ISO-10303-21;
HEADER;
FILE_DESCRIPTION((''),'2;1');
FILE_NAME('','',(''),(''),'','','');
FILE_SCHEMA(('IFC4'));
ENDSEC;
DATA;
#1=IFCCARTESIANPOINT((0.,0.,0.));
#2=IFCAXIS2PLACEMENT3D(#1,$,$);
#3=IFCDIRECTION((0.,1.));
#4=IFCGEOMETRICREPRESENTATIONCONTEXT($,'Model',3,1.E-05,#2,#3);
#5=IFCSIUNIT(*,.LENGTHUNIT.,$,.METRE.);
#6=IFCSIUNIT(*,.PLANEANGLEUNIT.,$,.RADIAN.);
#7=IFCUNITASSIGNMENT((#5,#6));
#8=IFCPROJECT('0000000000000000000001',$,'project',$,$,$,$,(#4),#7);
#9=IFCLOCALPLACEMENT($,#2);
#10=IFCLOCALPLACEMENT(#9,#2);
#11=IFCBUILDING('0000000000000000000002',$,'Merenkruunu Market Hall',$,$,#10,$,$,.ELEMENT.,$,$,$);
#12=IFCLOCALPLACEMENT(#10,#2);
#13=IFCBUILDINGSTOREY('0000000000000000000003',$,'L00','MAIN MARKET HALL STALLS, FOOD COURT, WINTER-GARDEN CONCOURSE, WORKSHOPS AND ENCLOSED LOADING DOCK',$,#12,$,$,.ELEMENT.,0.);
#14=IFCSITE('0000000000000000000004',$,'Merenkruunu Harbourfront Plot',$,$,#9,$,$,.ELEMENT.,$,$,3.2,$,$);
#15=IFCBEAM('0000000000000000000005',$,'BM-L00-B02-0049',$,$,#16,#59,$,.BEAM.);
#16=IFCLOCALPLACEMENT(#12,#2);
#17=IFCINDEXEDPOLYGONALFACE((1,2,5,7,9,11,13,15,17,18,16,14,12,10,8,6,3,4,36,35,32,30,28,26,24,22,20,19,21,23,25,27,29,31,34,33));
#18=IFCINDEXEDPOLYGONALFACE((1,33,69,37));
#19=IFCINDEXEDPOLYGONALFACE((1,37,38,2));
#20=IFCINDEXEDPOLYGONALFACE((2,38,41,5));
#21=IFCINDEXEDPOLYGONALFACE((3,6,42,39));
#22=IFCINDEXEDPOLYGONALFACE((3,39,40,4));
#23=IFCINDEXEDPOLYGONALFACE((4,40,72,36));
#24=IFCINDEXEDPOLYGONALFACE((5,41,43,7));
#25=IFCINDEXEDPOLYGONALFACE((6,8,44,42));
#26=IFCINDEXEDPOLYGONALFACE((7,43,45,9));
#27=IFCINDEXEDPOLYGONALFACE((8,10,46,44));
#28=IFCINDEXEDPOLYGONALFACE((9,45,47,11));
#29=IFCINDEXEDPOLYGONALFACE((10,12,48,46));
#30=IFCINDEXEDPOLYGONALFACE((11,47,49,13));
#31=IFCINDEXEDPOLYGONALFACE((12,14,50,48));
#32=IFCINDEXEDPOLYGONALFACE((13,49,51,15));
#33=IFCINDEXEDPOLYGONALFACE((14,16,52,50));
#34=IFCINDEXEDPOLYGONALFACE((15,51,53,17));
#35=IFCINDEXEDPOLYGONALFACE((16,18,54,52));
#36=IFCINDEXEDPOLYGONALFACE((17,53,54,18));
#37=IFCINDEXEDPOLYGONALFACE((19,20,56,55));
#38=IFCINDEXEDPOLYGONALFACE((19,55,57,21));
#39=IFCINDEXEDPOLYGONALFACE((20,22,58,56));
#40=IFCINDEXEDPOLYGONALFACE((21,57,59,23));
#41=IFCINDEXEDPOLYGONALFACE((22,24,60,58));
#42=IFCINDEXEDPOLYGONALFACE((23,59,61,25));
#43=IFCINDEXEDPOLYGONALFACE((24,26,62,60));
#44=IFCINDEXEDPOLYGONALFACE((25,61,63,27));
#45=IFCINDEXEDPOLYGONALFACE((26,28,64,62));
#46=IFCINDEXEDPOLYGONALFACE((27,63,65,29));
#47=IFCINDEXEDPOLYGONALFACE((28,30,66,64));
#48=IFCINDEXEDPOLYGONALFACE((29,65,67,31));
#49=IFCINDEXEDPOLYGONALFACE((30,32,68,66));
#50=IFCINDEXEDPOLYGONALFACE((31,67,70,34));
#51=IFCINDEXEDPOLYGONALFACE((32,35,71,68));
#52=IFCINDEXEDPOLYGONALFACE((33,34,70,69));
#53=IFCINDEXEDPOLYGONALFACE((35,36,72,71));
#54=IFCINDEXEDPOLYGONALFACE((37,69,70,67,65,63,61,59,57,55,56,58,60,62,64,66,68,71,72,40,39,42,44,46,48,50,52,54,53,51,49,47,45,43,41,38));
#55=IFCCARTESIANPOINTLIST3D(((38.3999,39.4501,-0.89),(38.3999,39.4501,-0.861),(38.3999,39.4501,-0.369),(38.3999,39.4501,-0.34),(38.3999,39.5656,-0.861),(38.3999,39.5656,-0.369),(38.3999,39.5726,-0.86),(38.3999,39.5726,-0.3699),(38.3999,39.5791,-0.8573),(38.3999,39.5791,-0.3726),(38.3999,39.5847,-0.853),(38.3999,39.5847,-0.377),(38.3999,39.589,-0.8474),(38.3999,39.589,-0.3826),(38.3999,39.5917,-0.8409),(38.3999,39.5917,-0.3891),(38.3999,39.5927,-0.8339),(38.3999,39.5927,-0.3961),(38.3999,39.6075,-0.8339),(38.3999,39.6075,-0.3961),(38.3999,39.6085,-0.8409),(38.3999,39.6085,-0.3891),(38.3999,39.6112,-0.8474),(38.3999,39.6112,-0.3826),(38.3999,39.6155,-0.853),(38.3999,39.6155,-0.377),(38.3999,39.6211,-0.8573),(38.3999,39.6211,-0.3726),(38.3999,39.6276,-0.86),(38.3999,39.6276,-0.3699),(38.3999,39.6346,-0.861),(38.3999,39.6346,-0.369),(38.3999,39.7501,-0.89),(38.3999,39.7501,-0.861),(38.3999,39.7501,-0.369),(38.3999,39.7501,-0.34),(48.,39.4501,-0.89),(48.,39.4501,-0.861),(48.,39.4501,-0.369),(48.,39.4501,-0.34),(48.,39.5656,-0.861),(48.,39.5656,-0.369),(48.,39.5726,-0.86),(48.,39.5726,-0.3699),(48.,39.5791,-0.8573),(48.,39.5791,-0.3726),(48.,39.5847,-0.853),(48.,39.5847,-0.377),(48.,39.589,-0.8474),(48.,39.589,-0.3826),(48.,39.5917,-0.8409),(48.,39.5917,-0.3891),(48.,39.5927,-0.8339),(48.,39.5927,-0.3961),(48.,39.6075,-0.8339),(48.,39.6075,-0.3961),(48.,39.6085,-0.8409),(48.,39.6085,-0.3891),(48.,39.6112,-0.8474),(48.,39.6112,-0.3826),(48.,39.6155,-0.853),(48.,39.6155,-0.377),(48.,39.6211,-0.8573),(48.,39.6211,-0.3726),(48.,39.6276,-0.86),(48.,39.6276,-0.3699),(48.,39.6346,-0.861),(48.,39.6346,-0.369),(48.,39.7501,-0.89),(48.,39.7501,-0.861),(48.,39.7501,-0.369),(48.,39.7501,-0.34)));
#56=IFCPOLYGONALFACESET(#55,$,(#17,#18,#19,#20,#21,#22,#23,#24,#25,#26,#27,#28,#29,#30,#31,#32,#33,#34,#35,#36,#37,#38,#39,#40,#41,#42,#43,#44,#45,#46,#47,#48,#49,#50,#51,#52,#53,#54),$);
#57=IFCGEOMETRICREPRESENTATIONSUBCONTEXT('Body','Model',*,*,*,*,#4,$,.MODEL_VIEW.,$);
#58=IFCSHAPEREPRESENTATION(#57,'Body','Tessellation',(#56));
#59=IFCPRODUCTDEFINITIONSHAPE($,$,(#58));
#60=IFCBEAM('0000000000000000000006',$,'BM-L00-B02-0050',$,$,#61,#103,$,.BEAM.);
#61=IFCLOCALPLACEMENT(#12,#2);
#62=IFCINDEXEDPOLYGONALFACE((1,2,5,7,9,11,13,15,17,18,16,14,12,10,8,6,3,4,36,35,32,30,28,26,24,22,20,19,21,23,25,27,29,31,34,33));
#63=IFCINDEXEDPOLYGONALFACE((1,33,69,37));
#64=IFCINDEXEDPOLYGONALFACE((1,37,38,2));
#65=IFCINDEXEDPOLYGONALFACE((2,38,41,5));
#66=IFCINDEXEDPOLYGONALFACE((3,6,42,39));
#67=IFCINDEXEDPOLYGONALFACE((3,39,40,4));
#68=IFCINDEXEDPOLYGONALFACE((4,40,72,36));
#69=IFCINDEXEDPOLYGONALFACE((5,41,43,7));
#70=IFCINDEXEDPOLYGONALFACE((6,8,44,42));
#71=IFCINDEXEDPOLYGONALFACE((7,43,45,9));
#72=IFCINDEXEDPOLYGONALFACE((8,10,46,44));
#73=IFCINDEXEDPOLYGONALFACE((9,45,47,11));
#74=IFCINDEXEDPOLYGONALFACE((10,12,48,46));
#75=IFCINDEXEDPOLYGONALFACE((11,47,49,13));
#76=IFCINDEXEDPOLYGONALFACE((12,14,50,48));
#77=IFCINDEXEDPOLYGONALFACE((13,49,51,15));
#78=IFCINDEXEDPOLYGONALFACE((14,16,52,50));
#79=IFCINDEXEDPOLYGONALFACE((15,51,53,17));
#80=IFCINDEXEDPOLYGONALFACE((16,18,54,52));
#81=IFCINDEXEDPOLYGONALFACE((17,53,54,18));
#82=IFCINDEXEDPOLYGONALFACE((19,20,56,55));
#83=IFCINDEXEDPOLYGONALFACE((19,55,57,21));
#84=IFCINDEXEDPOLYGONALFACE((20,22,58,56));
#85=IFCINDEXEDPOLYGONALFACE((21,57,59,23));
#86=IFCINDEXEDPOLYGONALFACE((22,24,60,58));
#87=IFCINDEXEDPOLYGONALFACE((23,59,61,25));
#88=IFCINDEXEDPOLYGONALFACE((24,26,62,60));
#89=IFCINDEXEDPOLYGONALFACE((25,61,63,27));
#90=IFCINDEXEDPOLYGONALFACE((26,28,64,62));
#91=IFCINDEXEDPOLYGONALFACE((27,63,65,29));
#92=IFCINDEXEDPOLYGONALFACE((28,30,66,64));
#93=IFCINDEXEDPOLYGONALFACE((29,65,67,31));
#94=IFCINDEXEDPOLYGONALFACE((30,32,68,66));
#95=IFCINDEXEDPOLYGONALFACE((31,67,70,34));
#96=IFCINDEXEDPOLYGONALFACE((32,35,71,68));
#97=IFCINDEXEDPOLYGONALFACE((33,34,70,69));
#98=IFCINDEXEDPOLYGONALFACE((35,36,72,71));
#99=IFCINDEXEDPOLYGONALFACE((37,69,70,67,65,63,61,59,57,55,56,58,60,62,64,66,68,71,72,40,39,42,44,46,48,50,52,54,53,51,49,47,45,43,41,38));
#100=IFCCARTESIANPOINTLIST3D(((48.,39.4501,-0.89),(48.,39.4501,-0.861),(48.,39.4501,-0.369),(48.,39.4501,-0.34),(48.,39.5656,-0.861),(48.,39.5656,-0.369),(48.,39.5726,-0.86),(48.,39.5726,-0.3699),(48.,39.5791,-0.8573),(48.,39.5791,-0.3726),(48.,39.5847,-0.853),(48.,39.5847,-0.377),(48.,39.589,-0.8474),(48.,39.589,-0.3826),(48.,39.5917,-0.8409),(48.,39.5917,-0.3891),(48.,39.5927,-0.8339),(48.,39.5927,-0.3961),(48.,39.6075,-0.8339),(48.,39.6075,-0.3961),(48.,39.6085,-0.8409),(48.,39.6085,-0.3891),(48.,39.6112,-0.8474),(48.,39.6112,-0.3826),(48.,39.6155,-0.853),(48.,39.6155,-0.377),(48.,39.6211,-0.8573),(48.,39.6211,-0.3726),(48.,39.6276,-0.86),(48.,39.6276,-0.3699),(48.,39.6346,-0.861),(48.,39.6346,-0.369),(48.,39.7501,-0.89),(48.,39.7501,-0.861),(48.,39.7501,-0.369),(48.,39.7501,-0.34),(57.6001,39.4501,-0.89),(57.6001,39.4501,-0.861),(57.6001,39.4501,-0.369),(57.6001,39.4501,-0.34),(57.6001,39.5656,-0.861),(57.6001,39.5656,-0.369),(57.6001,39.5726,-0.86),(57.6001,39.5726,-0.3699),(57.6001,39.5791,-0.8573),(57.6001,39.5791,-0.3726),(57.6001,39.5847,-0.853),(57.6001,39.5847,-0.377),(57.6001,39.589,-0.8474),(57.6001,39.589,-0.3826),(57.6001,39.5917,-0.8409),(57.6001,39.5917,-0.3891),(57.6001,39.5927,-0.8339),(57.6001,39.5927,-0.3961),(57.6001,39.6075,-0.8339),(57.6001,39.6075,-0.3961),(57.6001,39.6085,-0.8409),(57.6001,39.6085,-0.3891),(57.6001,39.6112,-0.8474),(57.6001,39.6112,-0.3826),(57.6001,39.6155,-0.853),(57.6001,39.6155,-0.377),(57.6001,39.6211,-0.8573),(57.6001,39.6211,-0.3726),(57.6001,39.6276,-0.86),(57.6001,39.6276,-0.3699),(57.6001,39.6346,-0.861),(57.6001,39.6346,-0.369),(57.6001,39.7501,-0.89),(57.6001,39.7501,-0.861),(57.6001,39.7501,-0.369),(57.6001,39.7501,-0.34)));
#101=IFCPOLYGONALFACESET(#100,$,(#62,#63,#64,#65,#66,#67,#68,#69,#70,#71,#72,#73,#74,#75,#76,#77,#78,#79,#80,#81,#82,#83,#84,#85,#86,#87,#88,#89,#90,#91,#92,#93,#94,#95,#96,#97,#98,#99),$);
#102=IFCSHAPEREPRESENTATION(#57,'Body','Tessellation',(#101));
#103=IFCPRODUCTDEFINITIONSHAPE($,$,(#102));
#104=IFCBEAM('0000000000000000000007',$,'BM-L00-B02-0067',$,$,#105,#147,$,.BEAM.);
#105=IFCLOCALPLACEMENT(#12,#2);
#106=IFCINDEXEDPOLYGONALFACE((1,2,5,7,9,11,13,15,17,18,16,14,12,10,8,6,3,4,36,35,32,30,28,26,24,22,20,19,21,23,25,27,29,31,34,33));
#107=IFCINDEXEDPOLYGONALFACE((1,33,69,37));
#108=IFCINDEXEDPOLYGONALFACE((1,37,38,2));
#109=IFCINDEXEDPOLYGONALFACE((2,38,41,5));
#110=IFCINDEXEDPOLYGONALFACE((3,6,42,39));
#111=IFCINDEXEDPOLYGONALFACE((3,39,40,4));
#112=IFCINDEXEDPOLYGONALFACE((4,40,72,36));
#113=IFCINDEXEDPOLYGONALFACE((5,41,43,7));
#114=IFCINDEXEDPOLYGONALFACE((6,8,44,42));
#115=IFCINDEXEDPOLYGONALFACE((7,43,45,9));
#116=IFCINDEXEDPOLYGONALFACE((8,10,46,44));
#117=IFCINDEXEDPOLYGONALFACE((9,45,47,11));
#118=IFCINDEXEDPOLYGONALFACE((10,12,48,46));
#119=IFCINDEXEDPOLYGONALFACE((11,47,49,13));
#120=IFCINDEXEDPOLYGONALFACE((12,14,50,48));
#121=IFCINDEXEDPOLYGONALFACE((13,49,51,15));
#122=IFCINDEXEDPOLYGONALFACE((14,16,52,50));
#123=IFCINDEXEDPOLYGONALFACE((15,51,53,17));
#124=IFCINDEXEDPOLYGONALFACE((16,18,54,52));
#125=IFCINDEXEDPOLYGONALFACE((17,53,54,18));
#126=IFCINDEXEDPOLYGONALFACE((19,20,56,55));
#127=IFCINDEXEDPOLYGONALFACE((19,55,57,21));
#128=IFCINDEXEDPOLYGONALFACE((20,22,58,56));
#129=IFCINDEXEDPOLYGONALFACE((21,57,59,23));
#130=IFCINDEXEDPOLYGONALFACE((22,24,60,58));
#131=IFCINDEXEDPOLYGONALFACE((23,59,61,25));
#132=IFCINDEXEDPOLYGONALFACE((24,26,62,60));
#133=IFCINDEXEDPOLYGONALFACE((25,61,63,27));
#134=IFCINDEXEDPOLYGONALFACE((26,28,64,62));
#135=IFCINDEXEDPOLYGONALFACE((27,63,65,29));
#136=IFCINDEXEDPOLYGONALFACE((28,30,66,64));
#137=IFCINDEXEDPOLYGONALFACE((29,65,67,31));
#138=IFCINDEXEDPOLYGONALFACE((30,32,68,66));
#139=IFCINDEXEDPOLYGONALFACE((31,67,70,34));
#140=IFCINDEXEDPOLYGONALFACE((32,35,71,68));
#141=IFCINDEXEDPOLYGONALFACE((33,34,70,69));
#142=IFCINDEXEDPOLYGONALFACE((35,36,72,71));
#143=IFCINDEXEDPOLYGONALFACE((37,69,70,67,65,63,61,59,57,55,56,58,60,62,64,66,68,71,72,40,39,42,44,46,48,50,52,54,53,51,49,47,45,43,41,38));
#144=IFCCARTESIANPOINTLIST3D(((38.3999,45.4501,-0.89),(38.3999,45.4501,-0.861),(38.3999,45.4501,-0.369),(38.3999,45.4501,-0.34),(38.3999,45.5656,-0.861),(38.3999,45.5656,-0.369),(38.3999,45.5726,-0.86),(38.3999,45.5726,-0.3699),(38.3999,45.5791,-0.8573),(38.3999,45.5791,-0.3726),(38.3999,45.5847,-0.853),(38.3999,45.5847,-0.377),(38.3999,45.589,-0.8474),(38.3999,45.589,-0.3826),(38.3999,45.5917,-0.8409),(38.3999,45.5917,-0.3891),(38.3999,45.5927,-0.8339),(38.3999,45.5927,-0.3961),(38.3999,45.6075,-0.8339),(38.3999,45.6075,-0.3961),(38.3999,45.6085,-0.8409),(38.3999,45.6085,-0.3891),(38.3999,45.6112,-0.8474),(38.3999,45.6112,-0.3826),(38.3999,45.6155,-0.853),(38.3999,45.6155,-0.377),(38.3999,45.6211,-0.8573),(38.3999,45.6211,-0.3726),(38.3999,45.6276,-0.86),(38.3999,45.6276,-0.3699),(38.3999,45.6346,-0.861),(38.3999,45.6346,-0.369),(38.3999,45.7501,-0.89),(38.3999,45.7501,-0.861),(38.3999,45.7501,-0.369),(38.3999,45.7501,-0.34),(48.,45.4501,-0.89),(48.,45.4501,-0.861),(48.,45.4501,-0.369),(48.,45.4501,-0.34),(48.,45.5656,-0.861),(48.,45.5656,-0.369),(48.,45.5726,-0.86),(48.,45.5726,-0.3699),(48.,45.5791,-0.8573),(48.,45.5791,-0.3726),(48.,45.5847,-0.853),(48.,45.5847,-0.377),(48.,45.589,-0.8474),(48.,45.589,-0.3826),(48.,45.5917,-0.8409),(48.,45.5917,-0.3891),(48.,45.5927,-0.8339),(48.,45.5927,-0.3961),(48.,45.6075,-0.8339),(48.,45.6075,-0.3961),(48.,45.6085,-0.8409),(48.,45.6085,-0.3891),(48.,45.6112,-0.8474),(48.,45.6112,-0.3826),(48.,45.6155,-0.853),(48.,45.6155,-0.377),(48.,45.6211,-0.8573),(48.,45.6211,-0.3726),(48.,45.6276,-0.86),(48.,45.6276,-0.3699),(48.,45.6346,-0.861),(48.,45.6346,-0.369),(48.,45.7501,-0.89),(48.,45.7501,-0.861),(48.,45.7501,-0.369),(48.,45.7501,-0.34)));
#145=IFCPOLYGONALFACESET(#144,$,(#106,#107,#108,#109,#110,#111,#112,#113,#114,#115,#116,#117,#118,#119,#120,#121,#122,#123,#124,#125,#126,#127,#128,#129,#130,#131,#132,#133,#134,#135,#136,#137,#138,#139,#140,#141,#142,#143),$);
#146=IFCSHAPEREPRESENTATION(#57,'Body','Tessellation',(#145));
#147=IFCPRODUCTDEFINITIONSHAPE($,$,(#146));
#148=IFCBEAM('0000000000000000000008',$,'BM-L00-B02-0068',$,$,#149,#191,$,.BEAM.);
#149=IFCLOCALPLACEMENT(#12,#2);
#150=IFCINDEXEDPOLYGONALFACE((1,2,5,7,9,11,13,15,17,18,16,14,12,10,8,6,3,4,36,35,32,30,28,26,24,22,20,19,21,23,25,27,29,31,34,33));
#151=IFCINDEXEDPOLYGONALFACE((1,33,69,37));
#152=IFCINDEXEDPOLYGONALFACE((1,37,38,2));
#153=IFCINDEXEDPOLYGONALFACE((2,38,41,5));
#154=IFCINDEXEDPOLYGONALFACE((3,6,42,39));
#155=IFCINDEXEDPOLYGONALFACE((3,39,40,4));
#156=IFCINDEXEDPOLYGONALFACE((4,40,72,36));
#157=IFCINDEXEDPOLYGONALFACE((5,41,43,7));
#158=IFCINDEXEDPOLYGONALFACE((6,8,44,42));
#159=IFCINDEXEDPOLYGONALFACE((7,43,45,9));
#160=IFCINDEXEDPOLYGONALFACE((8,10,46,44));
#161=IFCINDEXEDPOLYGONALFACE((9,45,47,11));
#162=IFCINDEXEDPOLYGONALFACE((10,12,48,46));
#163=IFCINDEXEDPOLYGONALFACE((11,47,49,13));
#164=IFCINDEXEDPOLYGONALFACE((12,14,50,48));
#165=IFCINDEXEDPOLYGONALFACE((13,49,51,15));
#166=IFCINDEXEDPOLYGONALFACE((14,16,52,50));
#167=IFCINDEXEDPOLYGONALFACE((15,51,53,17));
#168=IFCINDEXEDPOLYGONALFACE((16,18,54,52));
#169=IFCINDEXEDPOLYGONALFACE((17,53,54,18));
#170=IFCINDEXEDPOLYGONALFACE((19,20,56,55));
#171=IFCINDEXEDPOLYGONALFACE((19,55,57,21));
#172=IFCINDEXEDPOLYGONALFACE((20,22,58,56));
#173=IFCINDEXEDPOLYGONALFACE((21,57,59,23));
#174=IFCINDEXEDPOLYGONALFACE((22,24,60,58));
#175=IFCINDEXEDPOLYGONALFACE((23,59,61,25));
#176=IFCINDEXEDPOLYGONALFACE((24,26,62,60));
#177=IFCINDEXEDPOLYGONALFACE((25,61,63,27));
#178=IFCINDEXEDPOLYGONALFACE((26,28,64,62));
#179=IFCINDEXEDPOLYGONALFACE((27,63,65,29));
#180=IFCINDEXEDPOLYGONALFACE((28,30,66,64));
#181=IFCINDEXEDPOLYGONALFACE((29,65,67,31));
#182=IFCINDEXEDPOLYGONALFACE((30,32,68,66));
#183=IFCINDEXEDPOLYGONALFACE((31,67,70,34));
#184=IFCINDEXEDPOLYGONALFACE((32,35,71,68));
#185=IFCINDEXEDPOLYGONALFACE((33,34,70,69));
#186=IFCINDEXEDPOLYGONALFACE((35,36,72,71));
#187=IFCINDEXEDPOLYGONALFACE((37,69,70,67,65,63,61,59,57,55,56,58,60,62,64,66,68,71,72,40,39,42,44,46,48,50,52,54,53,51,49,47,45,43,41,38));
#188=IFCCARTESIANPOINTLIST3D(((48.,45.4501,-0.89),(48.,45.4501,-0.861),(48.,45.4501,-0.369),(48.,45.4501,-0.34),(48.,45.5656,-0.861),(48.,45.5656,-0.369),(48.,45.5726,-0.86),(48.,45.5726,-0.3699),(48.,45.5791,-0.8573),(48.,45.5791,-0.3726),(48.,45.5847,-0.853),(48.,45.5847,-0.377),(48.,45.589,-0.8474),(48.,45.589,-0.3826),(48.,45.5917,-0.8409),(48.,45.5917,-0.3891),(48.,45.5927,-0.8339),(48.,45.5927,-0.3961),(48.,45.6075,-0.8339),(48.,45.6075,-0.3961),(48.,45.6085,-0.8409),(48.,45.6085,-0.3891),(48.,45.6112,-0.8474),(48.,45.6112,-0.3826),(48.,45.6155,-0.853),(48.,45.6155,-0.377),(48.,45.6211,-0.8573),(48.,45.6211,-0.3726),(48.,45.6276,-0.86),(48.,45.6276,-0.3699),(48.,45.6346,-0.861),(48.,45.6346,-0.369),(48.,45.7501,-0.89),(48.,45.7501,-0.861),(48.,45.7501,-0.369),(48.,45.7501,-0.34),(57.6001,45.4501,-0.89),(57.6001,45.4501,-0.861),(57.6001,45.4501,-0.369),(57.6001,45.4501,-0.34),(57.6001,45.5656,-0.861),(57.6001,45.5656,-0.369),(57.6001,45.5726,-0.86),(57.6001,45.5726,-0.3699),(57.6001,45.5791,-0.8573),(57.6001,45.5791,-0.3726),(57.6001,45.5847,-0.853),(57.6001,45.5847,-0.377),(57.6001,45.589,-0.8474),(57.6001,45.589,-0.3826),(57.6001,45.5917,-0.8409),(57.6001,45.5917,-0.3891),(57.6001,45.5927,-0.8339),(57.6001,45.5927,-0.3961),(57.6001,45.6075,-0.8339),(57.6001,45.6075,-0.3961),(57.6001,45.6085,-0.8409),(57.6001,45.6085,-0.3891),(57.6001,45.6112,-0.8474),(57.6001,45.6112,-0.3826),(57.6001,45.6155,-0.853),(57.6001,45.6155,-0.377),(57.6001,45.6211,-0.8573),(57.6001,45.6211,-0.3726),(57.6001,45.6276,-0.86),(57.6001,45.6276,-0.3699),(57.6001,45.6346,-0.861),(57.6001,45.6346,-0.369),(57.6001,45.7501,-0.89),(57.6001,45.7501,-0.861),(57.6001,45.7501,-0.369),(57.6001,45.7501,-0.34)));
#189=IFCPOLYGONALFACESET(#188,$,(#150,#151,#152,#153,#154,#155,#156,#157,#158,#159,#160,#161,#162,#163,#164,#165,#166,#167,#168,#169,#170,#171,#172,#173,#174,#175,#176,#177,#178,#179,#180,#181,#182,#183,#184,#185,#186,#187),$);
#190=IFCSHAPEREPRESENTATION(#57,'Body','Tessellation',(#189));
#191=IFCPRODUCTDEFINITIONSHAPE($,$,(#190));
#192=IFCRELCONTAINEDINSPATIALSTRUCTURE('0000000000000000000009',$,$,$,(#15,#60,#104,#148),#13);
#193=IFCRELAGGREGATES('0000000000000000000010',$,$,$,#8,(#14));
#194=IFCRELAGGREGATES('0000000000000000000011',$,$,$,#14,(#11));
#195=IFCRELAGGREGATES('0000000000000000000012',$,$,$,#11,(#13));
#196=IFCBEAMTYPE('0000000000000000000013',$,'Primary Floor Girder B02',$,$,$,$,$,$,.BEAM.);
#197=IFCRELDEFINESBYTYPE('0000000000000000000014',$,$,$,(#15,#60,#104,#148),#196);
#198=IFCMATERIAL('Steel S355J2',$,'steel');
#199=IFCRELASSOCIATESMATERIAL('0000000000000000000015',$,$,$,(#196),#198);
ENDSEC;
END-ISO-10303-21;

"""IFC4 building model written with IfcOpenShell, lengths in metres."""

from ifc_helpers import new_model, si_unit, direction, frame, origin, origin_2d, place, context, subcontext, project, spatial, i_section, extrude, material, material_profile, profile_set, type_object, element, save


model = new_model("IFC4")

# Units and contexts
model_context = context("Model", 3, precision=1e-05, world=origin(), true_north=direction((0.0, 1.0)))
body_context = subcontext(model_context, "Body", "Model", "MODEL_VIEW")
ifc_project = project(units=[si_unit("LENGTHUNIT", "METRE"), si_unit("PLANEANGLEUNIT", "RADIAN")], contexts=[model_context])

# Site, building, storey
site_placement = place(None, origin())
site = spatial("IfcSite", under=ifc_project, at=site_placement, Name="Merenkruunu Harbourfront Plot", CompositionType="ELEMENT", RefElevation=3.2)
building_placement = place(site_placement, origin())
building = spatial("IfcBuilding", under=site, at=building_placement, Name="Merenkruunu Market Hall", CompositionType="ELEMENT")
storey_placement = place(building_placement, origin())
storey = spatial("IfcBuildingStorey", under=building, at=storey_placement, Name="L00", Description="MAIN MARKET HALL STALLS, FOOD COURT, WINTER-GARDEN CONCOURSE, WORKSHOPS AND ENCLOSED LOADING DOCK", CompositionType="ELEMENT", Elevation=0.0)

# Shared definitions
ifc_material_1 = material(Name="Steel S355J2", Category="steel")

# Beams
ifc_material_profile_1 = material_profile(ifc_material_1, i_section(OverallWidth=0.3, OverallDepth=0.55, WebThickness=0.0149, FlangeThickness=0.0291, FilletRadius=0.0271, at=origin_2d()), Name="HEB 550")
ifc_profile_set_1 = profile_set([ifc_material_profile_1], Name="Steel S355J2")
beam_type_1 = type_object("IfcBeamType", Name="Primary Floor Girder B02", PredefinedType="BEAM", material=ifc_profile_set_1)
for number, where, z_axis, x_axis, name in (
    (1, (38.3999, 39.6001, -0.615), (1.0, 0.0, 0.0), (0.0, 1.0, 0.0), "BM-L00-B02-0049"),
    (2, (48.0, 39.6001, -0.615), (1.0, 0.0, 0.0), (0.0, 1.0, 0.0), "BM-L00-B02-0050"),
    (3, (38.3999, 45.6001, -0.615), (1.0, 0.0, 0.0), (0.0, 1.0, 0.0), "BM-L00-B02-0067"),
    (4, (48.0, 45.6001, -0.615), (1.0, 0.0, 0.0), (0.0, 1.0, 0.0), "BM-L00-B02-0068"),
):
    element("IfcBeam", number, at=place(storey_placement, frame(where, z_axis=z_axis, x_axis=x_axis)), inside=storey, type_object=beam_type_1, Name=name, PredefinedType="BEAM", context=body_context, shape_type="SweptSolid", body=[
        extrude(i_section(OverallWidth=0.3, OverallDepth=0.55, WebThickness=0.0149, FlangeThickness=0.0291, FilletRadius=0.0271, at=origin_2d()), origin(), (0.0, 0.0, 1.0), 9.6001),
    ])

save(model, "model.ifc")
